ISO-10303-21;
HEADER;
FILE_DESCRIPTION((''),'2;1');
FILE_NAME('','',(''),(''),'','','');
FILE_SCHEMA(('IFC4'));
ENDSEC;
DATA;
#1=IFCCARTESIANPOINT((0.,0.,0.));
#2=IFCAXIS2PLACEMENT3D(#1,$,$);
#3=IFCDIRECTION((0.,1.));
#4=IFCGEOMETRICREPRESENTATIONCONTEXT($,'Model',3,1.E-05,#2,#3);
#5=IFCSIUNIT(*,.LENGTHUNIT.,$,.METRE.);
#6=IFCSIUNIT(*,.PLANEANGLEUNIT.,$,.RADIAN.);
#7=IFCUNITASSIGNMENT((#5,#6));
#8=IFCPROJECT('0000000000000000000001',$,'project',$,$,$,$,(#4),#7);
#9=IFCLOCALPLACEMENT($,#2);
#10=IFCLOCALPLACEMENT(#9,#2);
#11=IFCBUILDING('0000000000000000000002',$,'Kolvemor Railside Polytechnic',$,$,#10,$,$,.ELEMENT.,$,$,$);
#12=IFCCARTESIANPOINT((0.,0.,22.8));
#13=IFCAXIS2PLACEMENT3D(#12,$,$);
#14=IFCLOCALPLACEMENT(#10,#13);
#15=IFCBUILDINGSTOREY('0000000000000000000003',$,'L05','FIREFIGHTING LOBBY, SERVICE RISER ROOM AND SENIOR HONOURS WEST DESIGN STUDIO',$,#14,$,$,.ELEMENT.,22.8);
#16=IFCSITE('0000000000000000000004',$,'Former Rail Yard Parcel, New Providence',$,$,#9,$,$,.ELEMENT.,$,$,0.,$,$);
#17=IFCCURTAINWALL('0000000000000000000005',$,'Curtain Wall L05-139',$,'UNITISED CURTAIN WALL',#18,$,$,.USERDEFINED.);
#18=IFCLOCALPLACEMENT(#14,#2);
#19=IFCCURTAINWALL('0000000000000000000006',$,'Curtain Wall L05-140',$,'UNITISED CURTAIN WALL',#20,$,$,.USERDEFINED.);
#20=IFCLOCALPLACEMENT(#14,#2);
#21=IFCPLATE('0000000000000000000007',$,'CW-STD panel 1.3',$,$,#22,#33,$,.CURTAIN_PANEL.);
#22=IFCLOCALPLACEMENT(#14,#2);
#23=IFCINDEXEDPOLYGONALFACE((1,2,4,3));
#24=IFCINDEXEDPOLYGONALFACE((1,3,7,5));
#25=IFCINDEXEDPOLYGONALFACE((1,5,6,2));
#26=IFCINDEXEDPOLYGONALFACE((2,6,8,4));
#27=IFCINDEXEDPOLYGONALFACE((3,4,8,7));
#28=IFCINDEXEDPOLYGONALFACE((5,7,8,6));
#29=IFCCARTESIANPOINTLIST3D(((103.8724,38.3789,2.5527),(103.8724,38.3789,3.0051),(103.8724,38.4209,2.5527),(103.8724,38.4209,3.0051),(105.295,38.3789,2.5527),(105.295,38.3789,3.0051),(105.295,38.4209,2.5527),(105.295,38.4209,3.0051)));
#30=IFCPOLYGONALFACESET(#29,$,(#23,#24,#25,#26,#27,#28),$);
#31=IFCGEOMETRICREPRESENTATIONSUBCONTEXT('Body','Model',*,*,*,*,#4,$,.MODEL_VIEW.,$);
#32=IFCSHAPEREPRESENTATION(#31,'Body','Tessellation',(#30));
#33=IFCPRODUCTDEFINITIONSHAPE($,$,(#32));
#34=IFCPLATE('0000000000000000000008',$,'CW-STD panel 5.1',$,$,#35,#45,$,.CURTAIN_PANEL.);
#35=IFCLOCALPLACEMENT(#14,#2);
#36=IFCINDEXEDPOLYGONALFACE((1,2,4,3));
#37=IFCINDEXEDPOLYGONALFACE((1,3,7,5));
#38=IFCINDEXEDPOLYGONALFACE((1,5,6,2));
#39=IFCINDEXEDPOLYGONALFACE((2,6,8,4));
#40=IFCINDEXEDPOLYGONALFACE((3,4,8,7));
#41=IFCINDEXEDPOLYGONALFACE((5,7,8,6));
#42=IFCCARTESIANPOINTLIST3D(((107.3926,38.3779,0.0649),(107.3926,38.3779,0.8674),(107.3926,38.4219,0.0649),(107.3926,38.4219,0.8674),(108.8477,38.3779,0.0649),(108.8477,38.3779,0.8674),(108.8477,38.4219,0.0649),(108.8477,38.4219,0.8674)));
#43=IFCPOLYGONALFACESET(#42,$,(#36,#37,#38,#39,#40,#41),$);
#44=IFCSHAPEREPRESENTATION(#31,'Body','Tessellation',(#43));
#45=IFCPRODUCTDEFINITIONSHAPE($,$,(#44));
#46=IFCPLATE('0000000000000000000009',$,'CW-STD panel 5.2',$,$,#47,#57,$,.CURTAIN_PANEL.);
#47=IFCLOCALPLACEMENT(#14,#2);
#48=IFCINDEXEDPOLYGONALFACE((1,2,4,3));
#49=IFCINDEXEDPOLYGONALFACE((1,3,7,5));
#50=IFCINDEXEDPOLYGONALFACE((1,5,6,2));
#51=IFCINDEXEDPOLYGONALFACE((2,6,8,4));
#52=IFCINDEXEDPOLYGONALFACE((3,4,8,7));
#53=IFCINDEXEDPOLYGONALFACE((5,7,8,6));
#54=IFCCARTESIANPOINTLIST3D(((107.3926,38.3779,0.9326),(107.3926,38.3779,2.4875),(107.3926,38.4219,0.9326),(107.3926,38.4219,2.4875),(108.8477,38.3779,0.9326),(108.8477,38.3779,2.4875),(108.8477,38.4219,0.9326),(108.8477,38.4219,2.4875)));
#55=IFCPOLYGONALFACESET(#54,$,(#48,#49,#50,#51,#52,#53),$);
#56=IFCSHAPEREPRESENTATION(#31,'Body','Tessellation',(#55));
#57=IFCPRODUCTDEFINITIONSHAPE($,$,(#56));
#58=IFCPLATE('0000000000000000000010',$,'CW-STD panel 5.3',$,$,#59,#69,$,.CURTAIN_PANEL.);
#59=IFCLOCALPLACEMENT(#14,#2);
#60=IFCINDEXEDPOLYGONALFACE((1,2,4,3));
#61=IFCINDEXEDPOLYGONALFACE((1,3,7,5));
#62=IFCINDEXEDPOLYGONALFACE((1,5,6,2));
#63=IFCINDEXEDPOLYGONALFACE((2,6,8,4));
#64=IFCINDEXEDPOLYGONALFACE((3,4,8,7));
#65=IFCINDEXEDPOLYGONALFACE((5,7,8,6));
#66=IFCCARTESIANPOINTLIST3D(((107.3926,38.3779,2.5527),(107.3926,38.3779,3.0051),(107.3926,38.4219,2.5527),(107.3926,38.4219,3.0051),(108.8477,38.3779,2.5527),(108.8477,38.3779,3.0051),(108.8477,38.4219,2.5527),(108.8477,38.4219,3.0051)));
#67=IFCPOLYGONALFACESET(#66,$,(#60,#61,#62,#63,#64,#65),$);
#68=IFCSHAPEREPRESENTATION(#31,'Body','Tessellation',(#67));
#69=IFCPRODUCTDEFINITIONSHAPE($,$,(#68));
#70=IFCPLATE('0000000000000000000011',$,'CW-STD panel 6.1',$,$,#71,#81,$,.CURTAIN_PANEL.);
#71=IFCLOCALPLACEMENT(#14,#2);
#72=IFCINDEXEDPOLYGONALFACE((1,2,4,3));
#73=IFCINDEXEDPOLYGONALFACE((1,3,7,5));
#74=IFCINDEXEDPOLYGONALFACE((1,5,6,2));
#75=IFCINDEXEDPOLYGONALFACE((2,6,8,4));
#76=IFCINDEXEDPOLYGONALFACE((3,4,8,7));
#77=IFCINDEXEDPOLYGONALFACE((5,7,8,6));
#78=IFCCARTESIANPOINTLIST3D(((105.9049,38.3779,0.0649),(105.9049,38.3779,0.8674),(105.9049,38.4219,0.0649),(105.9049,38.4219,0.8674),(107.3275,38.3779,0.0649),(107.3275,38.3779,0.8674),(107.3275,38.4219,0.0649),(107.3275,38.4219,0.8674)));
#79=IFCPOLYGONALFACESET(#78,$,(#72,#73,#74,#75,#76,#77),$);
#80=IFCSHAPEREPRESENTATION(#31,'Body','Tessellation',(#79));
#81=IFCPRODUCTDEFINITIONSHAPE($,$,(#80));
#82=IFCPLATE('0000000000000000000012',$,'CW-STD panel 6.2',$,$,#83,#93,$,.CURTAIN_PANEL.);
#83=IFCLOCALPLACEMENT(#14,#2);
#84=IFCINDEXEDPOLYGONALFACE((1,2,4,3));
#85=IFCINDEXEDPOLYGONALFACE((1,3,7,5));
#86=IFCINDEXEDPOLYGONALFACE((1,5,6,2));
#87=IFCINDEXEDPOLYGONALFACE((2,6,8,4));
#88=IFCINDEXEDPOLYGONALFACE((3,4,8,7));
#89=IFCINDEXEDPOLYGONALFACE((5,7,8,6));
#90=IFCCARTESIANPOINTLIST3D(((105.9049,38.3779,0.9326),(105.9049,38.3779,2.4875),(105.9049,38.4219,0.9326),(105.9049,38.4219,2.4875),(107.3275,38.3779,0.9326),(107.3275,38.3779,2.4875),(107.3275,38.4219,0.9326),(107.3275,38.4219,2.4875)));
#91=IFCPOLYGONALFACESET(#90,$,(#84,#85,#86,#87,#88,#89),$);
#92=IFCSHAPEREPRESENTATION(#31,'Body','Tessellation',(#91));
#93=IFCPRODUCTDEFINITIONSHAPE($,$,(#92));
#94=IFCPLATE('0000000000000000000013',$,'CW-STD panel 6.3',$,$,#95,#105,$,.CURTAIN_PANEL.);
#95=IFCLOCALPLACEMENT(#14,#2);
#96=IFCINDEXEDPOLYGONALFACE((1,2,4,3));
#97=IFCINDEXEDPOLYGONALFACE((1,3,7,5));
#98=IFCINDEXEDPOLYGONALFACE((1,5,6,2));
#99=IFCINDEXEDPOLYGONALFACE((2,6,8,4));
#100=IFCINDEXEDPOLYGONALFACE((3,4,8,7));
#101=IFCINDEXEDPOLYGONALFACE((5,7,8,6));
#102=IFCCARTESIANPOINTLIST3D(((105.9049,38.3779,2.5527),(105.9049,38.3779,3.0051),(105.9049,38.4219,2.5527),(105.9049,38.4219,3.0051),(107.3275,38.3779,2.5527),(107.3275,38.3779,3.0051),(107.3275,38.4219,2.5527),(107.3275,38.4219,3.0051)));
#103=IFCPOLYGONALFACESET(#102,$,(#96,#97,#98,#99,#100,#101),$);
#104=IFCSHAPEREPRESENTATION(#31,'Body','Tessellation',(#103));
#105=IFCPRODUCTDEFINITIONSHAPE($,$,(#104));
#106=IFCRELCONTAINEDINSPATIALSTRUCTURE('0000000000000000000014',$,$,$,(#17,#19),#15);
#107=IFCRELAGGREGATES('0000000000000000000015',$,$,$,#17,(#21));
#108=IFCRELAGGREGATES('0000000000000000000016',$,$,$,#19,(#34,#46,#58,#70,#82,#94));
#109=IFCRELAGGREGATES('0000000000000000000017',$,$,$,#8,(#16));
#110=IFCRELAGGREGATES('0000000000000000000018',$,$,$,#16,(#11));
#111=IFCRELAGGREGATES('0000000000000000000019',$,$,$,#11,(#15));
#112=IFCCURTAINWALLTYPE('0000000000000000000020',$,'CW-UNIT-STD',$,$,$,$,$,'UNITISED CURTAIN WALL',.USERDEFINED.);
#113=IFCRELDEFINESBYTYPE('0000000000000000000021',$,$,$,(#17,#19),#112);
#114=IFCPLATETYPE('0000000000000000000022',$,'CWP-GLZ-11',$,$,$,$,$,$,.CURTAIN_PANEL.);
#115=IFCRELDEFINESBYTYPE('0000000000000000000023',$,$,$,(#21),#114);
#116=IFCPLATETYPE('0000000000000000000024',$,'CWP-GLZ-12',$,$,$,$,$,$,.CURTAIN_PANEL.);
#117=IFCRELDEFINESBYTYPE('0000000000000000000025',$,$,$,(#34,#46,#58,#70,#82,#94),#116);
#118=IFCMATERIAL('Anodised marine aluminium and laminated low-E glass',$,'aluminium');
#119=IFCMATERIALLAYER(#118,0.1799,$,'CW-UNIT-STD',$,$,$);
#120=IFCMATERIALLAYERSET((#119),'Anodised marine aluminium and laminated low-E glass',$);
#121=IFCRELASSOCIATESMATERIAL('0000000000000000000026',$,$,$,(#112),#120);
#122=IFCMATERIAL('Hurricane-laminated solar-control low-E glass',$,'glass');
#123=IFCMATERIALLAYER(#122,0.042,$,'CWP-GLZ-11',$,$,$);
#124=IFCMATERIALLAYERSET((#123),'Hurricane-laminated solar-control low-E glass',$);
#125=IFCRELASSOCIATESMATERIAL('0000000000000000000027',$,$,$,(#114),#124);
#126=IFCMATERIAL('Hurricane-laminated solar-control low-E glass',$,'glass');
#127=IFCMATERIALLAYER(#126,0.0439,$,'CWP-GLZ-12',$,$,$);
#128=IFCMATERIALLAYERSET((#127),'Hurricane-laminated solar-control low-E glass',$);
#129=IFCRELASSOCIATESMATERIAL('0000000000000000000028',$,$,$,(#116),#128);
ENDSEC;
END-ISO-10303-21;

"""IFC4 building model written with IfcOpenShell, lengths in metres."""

from ifc_helpers import new_model, si_unit, direction, frame, origin, origin_2d, place, context, subcontext, project, spatial, rectangle, extrude, material, layer, layer_set, type_object, element, aggregate, save


model = new_model("IFC4")

# Units and contexts
model_context = context("Model", 3, precision=1e-05, world=origin(), true_north=direction((0.0, 1.0)))
body_context = subcontext(model_context, "Body", "Model", "MODEL_VIEW")
ifc_project = project(units=[si_unit("LENGTHUNIT", "METRE"), si_unit("PLANEANGLEUNIT", "RADIAN")], contexts=[model_context])

# Site, building, storey
site_placement = place(None, origin())
site = spatial("IfcSite", under=ifc_project, at=site_placement, Name="Former Rail Yard Parcel, New Providence", CompositionType="ELEMENT", RefElevation=0.0)
building_placement = place(site_placement, origin())
building = spatial("IfcBuilding", under=site, at=building_placement, Name="Kolvemor Railside Polytechnic", CompositionType="ELEMENT")
storey_placement = place(building_placement, frame((0.0, 0.0, 22.8)))
storey = spatial("IfcBuildingStorey", under=building, at=storey_placement, Name="L05", Description="FIREFIGHTING LOBBY, SERVICE RISER ROOM AND SENIOR HONOURS WEST DESIGN STUDIO", CompositionType="ELEMENT", Elevation=22.8)

# Curtain wall
ifc_material_1 = material(Name="Anodised marine aluminium and laminated low-E glass", Category="aluminium")
ifc_layer_1 = layer(ifc_material_1, 0.1799, Name="CW-UNIT-STD")
ifc_layer_set_1 = layer_set([ifc_layer_1], Name="Anodised marine aluminium and laminated low-E glass")
curtain_wall_type = type_object("IfcCurtainWallType", Name="CW-UNIT-STD", ElementType="UNITISED CURTAIN WALL", PredefinedType="USERDEFINED", material=ifc_layer_set_1)
curtain_wall_1_placement = place(storey_placement, origin())
curtain_wall_1 = element("IfcCurtainWall", 1, at=curtain_wall_1_placement, inside=storey, type_object=curtain_wall_type, Name="Curtain Wall L05-139", ObjectType="UNITISED CURTAIN WALL", PredefinedType="USERDEFINED")

# Curtain wall
curtain_wall_2_placement = place(storey_placement, origin())
curtain_wall_2 = element("IfcCurtainWall", 2, at=curtain_wall_2_placement, inside=storey, type_object=curtain_wall_type, Name="Curtain Wall L05-140", ObjectType="UNITISED CURTAIN WALL", PredefinedType="USERDEFINED")

# Plates
ifc_material_2 = material(Name="Hurricane-laminated solar-control low-E glass", Category="glass")
ifc_layer_2 = layer(ifc_material_2, 0.042, Name="CWP-GLZ-11")
ifc_layer_set_2 = layer_set([ifc_layer_2], Name="Hurricane-laminated solar-control low-E glass")
plate_type_1 = type_object("IfcPlateType", Name="CWP-GLZ-11", PredefinedType="CURTAIN_PANEL", material=ifc_layer_set_2)
plate_1_placement = place(storey_placement, frame((104.5837, 38.3999, 2.5527), z_axis=(0.0, 0.0, 1.0), x_axis=(-1.0, 0.0, 0.0)))
plate_1 = element("IfcPlate", 3, at=plate_1_placement, type_object=plate_type_1, Name="CW-STD panel 1.3", PredefinedType="CURTAIN_PANEL", context=body_context, shape_type="SweptSolid", body=[
    extrude(rectangle(XDim=1.4226, YDim=0.042, at=origin_2d()), origin(), (0.0, 0.0, 1.0), 0.4524),
])
aggregate(curtain_wall_1, [plate_1])
ifc_material_3 = material(Name="Hurricane-laminated solar-control low-E glass", Category="glass")
ifc_layer_3 = layer(ifc_material_3, 0.0439, Name="CWP-GLZ-12")
ifc_layer_set_3 = layer_set([ifc_layer_3], Name="Hurricane-laminated solar-control low-E glass")
plate_type_2 = type_object("IfcPlateType", Name="CWP-GLZ-12", PredefinedType="CURTAIN_PANEL", material=ifc_layer_set_3)
plate_2_placement = place(storey_placement, frame((108.1201, 38.3999, 0.0649), z_axis=(0.0, 0.0, 1.0), x_axis=(-1.0, 0.0, 0.0)))
plate_2 = element("IfcPlate", 4, at=plate_2_placement, type_object=plate_type_2, Name="CW-STD panel 5.1", PredefinedType="CURTAIN_PANEL", context=body_context, shape_type="SweptSolid", body=[
    extrude(rectangle(XDim=1.4551, YDim=0.0439, at=origin_2d()), origin(), (0.0, 0.0, 1.0), 0.8025),
])
plate_3_placement = place(storey_placement, frame((108.1201, 38.3999, 0.9326), z_axis=(0.0, 0.0, 1.0), x_axis=(-1.0, 0.0, 0.0)))
plate_3 = element("IfcPlate", 5, at=plate_3_placement, type_object=plate_type_2, Name="CW-STD panel 5.2", PredefinedType="CURTAIN_PANEL", context=body_context, shape_type="SweptSolid", body=[
    extrude(rectangle(XDim=1.4551, YDim=0.0439, at=origin_2d()), origin(), (0.0, 0.0, 1.0), 1.5549),
])
plate_4_placement = place(storey_placement, frame((108.1201, 38.3999, 2.5527), z_axis=(0.0, 0.0, 1.0), x_axis=(-1.0, 0.0, 0.0)))
plate_4 = element("IfcPlate", 6, at=plate_4_placement, type_object=plate_type_2, Name="CW-STD panel 5.3", PredefinedType="CURTAIN_PANEL", context=body_context, shape_type="SweptSolid", body=[
    extrude(rectangle(XDim=1.4551, YDim=0.0439, at=origin_2d()), origin(), (0.0, 0.0, 1.0), 0.4524),
])
plate_5_placement = place(storey_placement, frame((106.6162, 38.3999, 0.0649), z_axis=(0.0, 0.0, 1.0), x_axis=(-1.0, 0.0, 0.0)))
plate_5 = element("IfcPlate", 7, at=plate_5_placement, type_object=plate_type_2, Name="CW-STD panel 6.1", PredefinedType="CURTAIN_PANEL", context=body_context, shape_type="SweptSolid", body=[
    extrude(rectangle(XDim=1.4226, YDim=0.0439, at=origin_2d()), origin(), (0.0, 0.0, 1.0), 0.8025),
])
plate_6_placement = place(storey_placement, frame((106.6162, 38.3999, 0.9326), z_axis=(0.0, 0.0, 1.0), x_axis=(-1.0, 0.0, 0.0)))
plate_6 = element("IfcPlate", 8, at=plate_6_placement, type_object=plate_type_2, Name="CW-STD panel 6.2", PredefinedType="CURTAIN_PANEL", context=body_context, shape_type="SweptSolid", body=[
    extrude(rectangle(XDim=1.4226, YDim=0.0439, at=origin_2d()), origin(), (0.0, 0.0, 1.0), 1.5549),
])
plate_7_placement = place(storey_placement, frame((106.6162, 38.3999, 2.5527), z_axis=(0.0, 0.0, 1.0), x_axis=(-1.0, 0.0, 0.0)))
plate_7 = element("IfcPlate", 9, at=plate_7_placement, type_object=plate_type_2, Name="CW-STD panel 6.3", PredefinedType="CURTAIN_PANEL", context=body_context, shape_type="SweptSolid", body=[
    extrude(rectangle(XDim=1.4226, YDim=0.0439, at=origin_2d()), origin(), (0.0, 0.0, 1.0), 0.4524),
])
aggregate(curtain_wall_2, [plate_2, plate_3, plate_4, plate_5, plate_6, plate_7])

save(model, "model.ifc")
